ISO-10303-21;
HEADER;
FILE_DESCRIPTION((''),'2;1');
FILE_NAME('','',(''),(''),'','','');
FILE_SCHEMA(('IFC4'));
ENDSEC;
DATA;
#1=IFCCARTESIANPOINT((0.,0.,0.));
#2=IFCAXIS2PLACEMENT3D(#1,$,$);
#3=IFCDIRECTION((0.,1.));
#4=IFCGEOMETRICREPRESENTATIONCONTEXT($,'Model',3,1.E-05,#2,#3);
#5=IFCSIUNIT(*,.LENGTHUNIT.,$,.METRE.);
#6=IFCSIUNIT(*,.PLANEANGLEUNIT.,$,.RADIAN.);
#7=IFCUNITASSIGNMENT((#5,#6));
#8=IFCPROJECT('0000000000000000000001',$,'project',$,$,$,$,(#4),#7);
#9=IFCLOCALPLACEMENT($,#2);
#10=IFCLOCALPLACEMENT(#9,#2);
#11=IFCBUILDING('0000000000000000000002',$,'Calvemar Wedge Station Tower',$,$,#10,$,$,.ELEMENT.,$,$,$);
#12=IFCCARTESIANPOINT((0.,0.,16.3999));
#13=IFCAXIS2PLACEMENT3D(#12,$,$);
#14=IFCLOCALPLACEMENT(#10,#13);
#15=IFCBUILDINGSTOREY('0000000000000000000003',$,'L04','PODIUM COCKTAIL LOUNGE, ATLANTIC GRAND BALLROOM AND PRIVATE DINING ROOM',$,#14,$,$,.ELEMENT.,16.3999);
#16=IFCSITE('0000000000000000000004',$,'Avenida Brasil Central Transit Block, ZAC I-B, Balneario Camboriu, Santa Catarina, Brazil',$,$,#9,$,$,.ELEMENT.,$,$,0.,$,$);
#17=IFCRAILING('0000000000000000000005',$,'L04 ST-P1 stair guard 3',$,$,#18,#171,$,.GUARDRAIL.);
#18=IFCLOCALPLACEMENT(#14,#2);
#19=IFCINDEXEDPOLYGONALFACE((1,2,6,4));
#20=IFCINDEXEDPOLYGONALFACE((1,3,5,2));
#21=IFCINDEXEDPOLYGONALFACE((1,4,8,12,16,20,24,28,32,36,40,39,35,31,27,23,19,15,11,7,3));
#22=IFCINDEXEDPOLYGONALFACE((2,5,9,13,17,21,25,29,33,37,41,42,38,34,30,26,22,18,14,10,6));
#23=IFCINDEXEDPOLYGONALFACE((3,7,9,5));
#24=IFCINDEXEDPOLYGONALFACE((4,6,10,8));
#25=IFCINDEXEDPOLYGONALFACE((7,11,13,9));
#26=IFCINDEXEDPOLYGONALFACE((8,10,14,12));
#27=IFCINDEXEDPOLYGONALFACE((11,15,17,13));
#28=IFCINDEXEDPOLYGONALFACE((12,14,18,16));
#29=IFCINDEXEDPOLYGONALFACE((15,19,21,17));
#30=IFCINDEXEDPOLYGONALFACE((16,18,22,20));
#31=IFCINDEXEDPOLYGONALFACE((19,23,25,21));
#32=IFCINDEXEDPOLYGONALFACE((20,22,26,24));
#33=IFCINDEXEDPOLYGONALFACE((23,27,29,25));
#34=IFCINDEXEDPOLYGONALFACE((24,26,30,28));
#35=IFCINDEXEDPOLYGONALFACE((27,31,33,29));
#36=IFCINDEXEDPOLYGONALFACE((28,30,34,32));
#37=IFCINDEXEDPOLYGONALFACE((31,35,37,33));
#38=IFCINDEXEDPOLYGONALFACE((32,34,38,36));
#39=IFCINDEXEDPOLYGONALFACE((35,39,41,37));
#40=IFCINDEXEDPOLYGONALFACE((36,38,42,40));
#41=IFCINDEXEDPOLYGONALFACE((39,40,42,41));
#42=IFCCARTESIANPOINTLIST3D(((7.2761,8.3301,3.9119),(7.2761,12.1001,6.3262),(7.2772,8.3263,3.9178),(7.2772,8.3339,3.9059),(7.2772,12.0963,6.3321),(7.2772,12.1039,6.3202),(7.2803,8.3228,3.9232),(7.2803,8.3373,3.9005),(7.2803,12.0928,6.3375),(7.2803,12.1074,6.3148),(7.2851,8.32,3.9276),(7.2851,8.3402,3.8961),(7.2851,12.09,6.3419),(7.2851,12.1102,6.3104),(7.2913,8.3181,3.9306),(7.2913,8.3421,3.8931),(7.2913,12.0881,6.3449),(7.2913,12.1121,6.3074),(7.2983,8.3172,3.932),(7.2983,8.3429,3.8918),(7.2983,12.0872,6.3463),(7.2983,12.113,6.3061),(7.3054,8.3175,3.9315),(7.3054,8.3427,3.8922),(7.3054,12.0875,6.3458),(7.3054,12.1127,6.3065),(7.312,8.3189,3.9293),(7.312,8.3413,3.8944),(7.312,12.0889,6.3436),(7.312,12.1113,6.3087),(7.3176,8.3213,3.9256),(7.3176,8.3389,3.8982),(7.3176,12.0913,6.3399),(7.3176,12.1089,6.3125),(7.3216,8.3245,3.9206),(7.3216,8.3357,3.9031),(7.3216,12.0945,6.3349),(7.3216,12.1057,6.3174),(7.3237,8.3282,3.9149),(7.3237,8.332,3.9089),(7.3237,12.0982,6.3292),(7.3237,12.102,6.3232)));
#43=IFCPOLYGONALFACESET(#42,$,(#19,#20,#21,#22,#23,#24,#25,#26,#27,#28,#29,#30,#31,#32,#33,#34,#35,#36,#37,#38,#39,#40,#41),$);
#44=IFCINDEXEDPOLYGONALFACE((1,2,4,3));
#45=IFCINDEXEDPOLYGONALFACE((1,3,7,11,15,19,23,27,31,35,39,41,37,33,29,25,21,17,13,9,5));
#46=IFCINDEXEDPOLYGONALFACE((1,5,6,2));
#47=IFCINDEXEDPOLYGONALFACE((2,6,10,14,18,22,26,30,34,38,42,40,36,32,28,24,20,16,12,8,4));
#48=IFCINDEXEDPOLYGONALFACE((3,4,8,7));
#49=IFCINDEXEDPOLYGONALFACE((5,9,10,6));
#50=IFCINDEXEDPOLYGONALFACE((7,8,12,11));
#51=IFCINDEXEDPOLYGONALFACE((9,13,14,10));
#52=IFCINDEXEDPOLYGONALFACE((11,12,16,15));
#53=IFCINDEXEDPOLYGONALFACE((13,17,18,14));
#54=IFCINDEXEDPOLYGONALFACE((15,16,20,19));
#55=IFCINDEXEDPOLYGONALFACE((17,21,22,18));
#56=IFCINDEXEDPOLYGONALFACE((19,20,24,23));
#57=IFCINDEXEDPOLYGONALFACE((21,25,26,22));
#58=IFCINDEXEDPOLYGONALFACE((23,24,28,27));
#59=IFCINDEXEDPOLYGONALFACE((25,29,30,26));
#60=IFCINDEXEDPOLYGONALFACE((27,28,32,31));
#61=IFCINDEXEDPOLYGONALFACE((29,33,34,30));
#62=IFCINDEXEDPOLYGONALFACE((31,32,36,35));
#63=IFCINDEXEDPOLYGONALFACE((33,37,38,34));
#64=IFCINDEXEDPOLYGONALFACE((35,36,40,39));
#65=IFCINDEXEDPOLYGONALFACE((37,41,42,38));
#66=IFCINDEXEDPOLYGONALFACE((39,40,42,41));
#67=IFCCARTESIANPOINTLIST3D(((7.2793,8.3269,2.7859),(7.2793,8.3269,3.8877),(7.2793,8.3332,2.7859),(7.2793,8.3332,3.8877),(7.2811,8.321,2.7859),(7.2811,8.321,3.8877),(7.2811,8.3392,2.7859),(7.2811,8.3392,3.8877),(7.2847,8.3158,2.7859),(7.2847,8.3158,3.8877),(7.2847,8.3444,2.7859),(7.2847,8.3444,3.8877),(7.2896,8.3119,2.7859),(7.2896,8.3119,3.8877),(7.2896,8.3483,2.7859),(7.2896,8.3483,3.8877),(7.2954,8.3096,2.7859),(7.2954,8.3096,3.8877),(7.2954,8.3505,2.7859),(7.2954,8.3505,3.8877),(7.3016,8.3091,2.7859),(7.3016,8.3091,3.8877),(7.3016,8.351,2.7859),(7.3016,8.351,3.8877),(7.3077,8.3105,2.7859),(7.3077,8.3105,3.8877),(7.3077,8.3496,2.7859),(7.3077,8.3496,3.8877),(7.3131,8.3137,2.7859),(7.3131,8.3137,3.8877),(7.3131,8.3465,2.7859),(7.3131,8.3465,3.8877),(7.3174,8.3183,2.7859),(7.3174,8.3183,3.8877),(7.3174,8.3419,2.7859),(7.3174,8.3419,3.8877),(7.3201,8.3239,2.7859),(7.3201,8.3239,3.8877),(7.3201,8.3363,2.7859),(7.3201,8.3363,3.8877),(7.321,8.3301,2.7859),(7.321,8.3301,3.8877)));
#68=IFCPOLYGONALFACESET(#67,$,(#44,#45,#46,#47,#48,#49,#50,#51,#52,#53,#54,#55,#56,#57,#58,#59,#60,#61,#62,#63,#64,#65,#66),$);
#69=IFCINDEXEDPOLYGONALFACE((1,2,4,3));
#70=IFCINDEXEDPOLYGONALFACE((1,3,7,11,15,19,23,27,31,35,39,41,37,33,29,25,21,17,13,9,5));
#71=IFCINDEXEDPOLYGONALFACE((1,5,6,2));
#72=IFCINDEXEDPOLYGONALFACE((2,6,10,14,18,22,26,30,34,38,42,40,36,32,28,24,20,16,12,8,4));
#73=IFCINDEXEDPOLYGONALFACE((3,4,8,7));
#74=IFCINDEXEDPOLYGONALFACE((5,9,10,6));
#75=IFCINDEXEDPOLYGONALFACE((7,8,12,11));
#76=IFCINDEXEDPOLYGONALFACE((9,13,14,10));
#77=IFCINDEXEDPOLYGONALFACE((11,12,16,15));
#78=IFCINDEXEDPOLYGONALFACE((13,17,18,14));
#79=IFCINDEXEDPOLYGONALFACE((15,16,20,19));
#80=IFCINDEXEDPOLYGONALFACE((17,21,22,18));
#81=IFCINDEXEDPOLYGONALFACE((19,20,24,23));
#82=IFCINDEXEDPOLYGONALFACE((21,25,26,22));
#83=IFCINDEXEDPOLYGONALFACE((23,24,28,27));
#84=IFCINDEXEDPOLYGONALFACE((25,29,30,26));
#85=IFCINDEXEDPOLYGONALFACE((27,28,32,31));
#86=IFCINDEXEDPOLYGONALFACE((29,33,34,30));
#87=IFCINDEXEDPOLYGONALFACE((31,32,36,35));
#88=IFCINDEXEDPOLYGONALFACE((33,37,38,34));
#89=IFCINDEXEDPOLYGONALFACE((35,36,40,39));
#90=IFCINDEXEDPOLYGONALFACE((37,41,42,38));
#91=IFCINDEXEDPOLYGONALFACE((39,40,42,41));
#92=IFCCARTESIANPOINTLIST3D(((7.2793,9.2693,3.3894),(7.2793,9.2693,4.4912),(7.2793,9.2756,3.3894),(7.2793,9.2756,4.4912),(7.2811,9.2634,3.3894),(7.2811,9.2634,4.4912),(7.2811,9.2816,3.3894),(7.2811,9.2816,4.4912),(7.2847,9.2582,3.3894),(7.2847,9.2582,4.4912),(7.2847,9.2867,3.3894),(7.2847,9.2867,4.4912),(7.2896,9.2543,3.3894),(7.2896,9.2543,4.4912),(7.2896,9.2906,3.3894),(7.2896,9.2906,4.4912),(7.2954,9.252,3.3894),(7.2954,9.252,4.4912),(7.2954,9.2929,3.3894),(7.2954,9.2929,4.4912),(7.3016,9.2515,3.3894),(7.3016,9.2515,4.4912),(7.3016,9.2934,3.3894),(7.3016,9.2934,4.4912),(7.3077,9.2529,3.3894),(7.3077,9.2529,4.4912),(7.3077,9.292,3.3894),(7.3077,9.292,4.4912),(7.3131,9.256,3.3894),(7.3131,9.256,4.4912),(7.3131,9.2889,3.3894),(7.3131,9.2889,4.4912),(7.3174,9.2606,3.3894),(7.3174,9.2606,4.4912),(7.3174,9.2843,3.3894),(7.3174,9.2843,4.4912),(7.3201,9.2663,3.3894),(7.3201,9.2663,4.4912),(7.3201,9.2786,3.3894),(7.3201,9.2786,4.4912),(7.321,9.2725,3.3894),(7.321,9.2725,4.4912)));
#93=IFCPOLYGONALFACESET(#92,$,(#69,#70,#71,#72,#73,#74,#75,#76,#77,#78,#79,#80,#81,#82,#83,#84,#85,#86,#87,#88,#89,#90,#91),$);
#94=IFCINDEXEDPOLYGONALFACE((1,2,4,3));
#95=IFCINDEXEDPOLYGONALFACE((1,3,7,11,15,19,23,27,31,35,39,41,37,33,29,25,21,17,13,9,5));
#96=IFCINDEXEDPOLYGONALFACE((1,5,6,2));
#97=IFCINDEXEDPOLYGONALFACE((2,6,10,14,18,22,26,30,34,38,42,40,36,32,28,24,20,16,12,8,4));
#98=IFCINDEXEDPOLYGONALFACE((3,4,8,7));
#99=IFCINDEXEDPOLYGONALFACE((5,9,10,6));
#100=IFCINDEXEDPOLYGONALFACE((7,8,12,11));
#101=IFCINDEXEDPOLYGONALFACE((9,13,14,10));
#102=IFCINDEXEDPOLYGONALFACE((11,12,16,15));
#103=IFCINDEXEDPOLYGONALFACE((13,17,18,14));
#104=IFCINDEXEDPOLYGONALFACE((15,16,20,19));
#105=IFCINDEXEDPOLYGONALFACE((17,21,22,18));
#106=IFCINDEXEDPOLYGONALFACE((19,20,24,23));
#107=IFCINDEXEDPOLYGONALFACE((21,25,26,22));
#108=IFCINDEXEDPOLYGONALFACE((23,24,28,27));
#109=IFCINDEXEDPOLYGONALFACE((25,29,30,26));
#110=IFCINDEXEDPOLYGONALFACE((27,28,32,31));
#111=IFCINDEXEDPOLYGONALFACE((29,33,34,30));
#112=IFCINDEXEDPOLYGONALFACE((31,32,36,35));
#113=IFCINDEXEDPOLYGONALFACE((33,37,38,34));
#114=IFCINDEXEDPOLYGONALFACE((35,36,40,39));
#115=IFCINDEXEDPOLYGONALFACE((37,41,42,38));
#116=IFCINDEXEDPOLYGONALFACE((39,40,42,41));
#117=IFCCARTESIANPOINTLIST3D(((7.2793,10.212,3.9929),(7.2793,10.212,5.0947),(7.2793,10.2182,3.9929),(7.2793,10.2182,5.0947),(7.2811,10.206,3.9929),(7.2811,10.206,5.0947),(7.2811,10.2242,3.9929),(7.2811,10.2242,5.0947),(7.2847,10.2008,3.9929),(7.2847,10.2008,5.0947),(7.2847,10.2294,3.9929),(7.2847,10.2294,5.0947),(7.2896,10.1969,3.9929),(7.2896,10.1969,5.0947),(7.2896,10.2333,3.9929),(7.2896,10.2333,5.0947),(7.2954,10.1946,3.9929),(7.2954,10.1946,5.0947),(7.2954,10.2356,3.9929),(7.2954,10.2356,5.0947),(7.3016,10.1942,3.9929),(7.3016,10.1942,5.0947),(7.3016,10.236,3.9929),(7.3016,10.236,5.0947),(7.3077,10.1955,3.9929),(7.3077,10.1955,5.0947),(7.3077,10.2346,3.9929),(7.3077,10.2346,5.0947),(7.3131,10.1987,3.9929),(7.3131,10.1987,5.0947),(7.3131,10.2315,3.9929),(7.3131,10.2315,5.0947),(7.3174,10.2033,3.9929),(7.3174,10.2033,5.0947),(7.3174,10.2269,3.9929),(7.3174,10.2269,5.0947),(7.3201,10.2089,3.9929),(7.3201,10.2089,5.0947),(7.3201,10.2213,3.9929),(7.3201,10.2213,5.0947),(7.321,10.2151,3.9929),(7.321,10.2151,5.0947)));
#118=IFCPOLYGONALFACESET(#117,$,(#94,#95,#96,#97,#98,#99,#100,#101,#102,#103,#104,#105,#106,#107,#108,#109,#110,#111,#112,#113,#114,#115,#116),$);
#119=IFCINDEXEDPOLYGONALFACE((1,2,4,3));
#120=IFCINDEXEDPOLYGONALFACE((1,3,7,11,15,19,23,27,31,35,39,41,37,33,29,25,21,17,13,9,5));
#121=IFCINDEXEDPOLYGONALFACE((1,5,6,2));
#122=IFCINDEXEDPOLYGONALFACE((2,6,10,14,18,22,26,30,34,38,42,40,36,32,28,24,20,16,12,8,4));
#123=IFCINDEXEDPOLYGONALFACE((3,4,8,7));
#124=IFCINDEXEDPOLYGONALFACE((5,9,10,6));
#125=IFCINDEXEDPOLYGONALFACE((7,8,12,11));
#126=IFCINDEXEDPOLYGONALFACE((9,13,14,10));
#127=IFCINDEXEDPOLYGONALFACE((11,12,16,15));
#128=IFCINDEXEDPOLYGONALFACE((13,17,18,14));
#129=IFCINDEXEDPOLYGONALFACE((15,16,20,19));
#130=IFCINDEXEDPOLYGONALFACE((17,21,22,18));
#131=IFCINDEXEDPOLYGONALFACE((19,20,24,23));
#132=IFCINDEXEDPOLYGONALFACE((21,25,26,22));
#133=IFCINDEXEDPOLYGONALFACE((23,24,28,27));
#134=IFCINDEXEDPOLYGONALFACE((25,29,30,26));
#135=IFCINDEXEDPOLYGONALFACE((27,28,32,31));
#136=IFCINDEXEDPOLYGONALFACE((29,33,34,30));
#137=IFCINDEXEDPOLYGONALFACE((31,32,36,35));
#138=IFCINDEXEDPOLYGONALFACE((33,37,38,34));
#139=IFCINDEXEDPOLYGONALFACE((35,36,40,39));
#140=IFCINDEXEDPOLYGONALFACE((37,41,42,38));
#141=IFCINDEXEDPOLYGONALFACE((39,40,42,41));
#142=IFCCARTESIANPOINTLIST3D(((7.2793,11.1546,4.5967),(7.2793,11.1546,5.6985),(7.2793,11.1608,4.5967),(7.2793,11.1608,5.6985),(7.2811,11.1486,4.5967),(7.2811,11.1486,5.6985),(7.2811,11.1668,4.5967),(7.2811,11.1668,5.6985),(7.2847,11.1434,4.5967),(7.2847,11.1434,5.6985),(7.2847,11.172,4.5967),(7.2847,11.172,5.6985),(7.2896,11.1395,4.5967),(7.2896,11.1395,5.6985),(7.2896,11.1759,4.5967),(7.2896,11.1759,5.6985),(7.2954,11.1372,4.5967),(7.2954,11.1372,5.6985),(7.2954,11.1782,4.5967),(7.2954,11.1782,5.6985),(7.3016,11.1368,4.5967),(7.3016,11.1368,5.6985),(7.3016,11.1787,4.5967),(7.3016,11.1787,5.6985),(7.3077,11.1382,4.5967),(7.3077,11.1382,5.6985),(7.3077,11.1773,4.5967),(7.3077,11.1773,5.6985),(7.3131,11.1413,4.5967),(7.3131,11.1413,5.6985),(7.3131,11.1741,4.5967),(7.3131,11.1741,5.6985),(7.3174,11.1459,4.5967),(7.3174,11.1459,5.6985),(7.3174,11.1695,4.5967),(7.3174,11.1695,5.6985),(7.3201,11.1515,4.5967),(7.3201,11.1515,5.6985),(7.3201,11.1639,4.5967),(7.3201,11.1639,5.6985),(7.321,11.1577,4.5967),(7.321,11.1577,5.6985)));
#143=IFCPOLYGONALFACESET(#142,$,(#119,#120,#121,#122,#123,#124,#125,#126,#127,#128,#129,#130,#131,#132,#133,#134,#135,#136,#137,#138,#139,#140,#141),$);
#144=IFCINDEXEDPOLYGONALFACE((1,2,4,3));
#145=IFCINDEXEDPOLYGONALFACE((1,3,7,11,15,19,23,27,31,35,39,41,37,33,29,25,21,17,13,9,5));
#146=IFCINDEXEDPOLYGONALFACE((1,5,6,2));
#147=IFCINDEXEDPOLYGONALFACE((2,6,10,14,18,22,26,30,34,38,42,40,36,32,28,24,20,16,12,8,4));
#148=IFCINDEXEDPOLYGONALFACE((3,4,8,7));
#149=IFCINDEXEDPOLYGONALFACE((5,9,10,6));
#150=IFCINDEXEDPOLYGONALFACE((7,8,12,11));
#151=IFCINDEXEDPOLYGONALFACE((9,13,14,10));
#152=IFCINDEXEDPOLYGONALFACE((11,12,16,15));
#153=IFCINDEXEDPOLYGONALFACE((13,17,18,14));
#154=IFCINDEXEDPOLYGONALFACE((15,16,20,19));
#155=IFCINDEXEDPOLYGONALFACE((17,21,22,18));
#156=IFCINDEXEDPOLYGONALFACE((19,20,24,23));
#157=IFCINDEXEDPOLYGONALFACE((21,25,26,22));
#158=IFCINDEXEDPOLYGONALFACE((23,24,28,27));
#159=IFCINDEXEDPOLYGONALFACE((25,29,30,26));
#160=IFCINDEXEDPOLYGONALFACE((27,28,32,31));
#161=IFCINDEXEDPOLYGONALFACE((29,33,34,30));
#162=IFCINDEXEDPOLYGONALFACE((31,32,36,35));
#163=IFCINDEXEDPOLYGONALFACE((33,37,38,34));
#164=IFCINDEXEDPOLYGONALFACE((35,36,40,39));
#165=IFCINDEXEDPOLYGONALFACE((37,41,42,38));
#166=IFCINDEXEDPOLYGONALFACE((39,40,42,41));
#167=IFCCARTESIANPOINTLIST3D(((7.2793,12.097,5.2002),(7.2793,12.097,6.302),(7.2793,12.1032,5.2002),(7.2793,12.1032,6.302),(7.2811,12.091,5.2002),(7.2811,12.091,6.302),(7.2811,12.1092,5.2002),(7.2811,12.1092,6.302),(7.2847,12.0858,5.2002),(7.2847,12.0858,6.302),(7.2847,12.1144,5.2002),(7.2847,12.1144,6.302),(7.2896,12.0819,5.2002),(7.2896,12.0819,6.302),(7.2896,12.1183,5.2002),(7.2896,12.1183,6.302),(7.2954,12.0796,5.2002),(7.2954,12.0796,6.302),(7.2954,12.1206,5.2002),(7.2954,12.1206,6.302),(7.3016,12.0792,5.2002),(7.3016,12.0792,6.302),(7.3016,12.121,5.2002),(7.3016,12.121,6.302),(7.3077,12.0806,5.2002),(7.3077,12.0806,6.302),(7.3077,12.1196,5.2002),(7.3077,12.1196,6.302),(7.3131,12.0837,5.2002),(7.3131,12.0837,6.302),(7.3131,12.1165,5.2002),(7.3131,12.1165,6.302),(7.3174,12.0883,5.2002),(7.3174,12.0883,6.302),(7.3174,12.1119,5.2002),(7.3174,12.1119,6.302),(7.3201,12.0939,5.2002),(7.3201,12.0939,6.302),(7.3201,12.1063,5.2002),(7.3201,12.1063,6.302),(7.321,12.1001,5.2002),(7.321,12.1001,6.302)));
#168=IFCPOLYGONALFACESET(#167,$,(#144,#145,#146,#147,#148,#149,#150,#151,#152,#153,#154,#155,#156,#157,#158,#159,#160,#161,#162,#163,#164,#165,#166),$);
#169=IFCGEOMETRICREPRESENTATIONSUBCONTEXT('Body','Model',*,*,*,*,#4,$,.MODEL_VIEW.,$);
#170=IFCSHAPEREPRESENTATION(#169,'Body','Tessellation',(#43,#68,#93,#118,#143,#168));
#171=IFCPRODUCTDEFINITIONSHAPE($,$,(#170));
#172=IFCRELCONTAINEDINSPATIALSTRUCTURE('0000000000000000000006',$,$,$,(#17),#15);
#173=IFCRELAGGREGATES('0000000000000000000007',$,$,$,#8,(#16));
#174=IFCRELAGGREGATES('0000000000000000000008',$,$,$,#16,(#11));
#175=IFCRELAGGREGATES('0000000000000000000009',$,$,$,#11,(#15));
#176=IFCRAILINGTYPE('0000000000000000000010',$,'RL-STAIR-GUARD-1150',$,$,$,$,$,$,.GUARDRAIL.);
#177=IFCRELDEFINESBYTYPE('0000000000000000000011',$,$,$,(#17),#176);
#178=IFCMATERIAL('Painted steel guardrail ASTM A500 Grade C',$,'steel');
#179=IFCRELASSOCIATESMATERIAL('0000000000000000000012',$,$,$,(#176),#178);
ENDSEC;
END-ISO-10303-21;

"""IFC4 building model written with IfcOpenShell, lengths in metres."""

from ifc_helpers import new_model, si_unit, direction, frame, origin, origin_2d, place, context, subcontext, project, spatial, circle, extrude, material, type_object, element, save


model = new_model("IFC4")

# Units and contexts
model_context = context("Model", 3, precision=1e-05, world=origin(), true_north=direction((0.0, 1.0)))
body_context = subcontext(model_context, "Body", "Model", "MODEL_VIEW")
ifc_project = project(units=[si_unit("LENGTHUNIT", "METRE"), si_unit("PLANEANGLEUNIT", "RADIAN")], contexts=[model_context])

# Site, building, storey
site_placement = place(None, origin())
site = spatial("IfcSite", under=ifc_project, at=site_placement, Name="Avenida Brasil Central Transit Block, ZAC I-B, Balneario Camboriu, Santa Catarina, Brazil", CompositionType="ELEMENT", RefElevation=0.0)
building_placement = place(site_placement, origin())
building = spatial("IfcBuilding", under=site, at=building_placement, Name="Calvemar Wedge Station Tower", CompositionType="ELEMENT")
storey_placement = place(building_placement, frame((0.0, 0.0, 16.3999)))
storey = spatial("IfcBuildingStorey", under=building, at=storey_placement, Name="L04", Description="PODIUM COCKTAIL LOUNGE, ATLANTIC GRAND BALLROOM AND PRIVATE DINING ROOM", CompositionType="ELEMENT", Elevation=16.3999)

# Railing
ifc_material_1 = material(Name="Painted steel guardrail ASTM A500 Grade C", Category="steel")
railing_type_1 = type_object("IfcRailingType", Name="RL-STAIR-GUARD-1150", PredefinedType="GUARDRAIL", material=ifc_material_1)
railing_1_placement = place(storey_placement, frame((7.3, 8.3301, 2.7859)))
element("IfcRailing", 1, at=railing_1_placement, inside=storey, type_object=railing_type_1, Name="L04 ST-P1 stair guard 3", PredefinedType="GUARDRAIL", context=body_context, shape_type="SweptSolid", body=[
    extrude(circle(Radius=0.0239, at=origin_2d()), frame((0.0, 0.0, 1.126), z_axis=(0.0, 0.84212, 0.53929), x_axis=(-1.0, 0.0, 0.0)), (0.0, 0.0, 1.0), 4.4768),
    extrude(circle(Radius=0.021, at=origin_2d()), origin(), (0.0, 0.0, 1.0), 1.1018),
    extrude(circle(Radius=0.021, at=origin_2d()), frame((0.0, 0.9424, 0.6035)), (0.0, 0.0, 1.0), 1.1018),
    extrude(circle(Radius=0.021, at=origin_2d()), frame((0.0, 1.885, 1.207)), (0.0, 0.0, 1.0), 1.1018),
    extrude(circle(Radius=0.021, at=origin_2d()), frame((0.0, 2.8276, 1.8108)), (0.0, 0.0, 1.0), 1.1018),
    extrude(circle(Radius=0.021, at=origin_2d()), frame((0.0, 3.77, 2.4143)), (0.0, 0.0, 1.0), 1.1018),
])

save(model, "model.ifc")
